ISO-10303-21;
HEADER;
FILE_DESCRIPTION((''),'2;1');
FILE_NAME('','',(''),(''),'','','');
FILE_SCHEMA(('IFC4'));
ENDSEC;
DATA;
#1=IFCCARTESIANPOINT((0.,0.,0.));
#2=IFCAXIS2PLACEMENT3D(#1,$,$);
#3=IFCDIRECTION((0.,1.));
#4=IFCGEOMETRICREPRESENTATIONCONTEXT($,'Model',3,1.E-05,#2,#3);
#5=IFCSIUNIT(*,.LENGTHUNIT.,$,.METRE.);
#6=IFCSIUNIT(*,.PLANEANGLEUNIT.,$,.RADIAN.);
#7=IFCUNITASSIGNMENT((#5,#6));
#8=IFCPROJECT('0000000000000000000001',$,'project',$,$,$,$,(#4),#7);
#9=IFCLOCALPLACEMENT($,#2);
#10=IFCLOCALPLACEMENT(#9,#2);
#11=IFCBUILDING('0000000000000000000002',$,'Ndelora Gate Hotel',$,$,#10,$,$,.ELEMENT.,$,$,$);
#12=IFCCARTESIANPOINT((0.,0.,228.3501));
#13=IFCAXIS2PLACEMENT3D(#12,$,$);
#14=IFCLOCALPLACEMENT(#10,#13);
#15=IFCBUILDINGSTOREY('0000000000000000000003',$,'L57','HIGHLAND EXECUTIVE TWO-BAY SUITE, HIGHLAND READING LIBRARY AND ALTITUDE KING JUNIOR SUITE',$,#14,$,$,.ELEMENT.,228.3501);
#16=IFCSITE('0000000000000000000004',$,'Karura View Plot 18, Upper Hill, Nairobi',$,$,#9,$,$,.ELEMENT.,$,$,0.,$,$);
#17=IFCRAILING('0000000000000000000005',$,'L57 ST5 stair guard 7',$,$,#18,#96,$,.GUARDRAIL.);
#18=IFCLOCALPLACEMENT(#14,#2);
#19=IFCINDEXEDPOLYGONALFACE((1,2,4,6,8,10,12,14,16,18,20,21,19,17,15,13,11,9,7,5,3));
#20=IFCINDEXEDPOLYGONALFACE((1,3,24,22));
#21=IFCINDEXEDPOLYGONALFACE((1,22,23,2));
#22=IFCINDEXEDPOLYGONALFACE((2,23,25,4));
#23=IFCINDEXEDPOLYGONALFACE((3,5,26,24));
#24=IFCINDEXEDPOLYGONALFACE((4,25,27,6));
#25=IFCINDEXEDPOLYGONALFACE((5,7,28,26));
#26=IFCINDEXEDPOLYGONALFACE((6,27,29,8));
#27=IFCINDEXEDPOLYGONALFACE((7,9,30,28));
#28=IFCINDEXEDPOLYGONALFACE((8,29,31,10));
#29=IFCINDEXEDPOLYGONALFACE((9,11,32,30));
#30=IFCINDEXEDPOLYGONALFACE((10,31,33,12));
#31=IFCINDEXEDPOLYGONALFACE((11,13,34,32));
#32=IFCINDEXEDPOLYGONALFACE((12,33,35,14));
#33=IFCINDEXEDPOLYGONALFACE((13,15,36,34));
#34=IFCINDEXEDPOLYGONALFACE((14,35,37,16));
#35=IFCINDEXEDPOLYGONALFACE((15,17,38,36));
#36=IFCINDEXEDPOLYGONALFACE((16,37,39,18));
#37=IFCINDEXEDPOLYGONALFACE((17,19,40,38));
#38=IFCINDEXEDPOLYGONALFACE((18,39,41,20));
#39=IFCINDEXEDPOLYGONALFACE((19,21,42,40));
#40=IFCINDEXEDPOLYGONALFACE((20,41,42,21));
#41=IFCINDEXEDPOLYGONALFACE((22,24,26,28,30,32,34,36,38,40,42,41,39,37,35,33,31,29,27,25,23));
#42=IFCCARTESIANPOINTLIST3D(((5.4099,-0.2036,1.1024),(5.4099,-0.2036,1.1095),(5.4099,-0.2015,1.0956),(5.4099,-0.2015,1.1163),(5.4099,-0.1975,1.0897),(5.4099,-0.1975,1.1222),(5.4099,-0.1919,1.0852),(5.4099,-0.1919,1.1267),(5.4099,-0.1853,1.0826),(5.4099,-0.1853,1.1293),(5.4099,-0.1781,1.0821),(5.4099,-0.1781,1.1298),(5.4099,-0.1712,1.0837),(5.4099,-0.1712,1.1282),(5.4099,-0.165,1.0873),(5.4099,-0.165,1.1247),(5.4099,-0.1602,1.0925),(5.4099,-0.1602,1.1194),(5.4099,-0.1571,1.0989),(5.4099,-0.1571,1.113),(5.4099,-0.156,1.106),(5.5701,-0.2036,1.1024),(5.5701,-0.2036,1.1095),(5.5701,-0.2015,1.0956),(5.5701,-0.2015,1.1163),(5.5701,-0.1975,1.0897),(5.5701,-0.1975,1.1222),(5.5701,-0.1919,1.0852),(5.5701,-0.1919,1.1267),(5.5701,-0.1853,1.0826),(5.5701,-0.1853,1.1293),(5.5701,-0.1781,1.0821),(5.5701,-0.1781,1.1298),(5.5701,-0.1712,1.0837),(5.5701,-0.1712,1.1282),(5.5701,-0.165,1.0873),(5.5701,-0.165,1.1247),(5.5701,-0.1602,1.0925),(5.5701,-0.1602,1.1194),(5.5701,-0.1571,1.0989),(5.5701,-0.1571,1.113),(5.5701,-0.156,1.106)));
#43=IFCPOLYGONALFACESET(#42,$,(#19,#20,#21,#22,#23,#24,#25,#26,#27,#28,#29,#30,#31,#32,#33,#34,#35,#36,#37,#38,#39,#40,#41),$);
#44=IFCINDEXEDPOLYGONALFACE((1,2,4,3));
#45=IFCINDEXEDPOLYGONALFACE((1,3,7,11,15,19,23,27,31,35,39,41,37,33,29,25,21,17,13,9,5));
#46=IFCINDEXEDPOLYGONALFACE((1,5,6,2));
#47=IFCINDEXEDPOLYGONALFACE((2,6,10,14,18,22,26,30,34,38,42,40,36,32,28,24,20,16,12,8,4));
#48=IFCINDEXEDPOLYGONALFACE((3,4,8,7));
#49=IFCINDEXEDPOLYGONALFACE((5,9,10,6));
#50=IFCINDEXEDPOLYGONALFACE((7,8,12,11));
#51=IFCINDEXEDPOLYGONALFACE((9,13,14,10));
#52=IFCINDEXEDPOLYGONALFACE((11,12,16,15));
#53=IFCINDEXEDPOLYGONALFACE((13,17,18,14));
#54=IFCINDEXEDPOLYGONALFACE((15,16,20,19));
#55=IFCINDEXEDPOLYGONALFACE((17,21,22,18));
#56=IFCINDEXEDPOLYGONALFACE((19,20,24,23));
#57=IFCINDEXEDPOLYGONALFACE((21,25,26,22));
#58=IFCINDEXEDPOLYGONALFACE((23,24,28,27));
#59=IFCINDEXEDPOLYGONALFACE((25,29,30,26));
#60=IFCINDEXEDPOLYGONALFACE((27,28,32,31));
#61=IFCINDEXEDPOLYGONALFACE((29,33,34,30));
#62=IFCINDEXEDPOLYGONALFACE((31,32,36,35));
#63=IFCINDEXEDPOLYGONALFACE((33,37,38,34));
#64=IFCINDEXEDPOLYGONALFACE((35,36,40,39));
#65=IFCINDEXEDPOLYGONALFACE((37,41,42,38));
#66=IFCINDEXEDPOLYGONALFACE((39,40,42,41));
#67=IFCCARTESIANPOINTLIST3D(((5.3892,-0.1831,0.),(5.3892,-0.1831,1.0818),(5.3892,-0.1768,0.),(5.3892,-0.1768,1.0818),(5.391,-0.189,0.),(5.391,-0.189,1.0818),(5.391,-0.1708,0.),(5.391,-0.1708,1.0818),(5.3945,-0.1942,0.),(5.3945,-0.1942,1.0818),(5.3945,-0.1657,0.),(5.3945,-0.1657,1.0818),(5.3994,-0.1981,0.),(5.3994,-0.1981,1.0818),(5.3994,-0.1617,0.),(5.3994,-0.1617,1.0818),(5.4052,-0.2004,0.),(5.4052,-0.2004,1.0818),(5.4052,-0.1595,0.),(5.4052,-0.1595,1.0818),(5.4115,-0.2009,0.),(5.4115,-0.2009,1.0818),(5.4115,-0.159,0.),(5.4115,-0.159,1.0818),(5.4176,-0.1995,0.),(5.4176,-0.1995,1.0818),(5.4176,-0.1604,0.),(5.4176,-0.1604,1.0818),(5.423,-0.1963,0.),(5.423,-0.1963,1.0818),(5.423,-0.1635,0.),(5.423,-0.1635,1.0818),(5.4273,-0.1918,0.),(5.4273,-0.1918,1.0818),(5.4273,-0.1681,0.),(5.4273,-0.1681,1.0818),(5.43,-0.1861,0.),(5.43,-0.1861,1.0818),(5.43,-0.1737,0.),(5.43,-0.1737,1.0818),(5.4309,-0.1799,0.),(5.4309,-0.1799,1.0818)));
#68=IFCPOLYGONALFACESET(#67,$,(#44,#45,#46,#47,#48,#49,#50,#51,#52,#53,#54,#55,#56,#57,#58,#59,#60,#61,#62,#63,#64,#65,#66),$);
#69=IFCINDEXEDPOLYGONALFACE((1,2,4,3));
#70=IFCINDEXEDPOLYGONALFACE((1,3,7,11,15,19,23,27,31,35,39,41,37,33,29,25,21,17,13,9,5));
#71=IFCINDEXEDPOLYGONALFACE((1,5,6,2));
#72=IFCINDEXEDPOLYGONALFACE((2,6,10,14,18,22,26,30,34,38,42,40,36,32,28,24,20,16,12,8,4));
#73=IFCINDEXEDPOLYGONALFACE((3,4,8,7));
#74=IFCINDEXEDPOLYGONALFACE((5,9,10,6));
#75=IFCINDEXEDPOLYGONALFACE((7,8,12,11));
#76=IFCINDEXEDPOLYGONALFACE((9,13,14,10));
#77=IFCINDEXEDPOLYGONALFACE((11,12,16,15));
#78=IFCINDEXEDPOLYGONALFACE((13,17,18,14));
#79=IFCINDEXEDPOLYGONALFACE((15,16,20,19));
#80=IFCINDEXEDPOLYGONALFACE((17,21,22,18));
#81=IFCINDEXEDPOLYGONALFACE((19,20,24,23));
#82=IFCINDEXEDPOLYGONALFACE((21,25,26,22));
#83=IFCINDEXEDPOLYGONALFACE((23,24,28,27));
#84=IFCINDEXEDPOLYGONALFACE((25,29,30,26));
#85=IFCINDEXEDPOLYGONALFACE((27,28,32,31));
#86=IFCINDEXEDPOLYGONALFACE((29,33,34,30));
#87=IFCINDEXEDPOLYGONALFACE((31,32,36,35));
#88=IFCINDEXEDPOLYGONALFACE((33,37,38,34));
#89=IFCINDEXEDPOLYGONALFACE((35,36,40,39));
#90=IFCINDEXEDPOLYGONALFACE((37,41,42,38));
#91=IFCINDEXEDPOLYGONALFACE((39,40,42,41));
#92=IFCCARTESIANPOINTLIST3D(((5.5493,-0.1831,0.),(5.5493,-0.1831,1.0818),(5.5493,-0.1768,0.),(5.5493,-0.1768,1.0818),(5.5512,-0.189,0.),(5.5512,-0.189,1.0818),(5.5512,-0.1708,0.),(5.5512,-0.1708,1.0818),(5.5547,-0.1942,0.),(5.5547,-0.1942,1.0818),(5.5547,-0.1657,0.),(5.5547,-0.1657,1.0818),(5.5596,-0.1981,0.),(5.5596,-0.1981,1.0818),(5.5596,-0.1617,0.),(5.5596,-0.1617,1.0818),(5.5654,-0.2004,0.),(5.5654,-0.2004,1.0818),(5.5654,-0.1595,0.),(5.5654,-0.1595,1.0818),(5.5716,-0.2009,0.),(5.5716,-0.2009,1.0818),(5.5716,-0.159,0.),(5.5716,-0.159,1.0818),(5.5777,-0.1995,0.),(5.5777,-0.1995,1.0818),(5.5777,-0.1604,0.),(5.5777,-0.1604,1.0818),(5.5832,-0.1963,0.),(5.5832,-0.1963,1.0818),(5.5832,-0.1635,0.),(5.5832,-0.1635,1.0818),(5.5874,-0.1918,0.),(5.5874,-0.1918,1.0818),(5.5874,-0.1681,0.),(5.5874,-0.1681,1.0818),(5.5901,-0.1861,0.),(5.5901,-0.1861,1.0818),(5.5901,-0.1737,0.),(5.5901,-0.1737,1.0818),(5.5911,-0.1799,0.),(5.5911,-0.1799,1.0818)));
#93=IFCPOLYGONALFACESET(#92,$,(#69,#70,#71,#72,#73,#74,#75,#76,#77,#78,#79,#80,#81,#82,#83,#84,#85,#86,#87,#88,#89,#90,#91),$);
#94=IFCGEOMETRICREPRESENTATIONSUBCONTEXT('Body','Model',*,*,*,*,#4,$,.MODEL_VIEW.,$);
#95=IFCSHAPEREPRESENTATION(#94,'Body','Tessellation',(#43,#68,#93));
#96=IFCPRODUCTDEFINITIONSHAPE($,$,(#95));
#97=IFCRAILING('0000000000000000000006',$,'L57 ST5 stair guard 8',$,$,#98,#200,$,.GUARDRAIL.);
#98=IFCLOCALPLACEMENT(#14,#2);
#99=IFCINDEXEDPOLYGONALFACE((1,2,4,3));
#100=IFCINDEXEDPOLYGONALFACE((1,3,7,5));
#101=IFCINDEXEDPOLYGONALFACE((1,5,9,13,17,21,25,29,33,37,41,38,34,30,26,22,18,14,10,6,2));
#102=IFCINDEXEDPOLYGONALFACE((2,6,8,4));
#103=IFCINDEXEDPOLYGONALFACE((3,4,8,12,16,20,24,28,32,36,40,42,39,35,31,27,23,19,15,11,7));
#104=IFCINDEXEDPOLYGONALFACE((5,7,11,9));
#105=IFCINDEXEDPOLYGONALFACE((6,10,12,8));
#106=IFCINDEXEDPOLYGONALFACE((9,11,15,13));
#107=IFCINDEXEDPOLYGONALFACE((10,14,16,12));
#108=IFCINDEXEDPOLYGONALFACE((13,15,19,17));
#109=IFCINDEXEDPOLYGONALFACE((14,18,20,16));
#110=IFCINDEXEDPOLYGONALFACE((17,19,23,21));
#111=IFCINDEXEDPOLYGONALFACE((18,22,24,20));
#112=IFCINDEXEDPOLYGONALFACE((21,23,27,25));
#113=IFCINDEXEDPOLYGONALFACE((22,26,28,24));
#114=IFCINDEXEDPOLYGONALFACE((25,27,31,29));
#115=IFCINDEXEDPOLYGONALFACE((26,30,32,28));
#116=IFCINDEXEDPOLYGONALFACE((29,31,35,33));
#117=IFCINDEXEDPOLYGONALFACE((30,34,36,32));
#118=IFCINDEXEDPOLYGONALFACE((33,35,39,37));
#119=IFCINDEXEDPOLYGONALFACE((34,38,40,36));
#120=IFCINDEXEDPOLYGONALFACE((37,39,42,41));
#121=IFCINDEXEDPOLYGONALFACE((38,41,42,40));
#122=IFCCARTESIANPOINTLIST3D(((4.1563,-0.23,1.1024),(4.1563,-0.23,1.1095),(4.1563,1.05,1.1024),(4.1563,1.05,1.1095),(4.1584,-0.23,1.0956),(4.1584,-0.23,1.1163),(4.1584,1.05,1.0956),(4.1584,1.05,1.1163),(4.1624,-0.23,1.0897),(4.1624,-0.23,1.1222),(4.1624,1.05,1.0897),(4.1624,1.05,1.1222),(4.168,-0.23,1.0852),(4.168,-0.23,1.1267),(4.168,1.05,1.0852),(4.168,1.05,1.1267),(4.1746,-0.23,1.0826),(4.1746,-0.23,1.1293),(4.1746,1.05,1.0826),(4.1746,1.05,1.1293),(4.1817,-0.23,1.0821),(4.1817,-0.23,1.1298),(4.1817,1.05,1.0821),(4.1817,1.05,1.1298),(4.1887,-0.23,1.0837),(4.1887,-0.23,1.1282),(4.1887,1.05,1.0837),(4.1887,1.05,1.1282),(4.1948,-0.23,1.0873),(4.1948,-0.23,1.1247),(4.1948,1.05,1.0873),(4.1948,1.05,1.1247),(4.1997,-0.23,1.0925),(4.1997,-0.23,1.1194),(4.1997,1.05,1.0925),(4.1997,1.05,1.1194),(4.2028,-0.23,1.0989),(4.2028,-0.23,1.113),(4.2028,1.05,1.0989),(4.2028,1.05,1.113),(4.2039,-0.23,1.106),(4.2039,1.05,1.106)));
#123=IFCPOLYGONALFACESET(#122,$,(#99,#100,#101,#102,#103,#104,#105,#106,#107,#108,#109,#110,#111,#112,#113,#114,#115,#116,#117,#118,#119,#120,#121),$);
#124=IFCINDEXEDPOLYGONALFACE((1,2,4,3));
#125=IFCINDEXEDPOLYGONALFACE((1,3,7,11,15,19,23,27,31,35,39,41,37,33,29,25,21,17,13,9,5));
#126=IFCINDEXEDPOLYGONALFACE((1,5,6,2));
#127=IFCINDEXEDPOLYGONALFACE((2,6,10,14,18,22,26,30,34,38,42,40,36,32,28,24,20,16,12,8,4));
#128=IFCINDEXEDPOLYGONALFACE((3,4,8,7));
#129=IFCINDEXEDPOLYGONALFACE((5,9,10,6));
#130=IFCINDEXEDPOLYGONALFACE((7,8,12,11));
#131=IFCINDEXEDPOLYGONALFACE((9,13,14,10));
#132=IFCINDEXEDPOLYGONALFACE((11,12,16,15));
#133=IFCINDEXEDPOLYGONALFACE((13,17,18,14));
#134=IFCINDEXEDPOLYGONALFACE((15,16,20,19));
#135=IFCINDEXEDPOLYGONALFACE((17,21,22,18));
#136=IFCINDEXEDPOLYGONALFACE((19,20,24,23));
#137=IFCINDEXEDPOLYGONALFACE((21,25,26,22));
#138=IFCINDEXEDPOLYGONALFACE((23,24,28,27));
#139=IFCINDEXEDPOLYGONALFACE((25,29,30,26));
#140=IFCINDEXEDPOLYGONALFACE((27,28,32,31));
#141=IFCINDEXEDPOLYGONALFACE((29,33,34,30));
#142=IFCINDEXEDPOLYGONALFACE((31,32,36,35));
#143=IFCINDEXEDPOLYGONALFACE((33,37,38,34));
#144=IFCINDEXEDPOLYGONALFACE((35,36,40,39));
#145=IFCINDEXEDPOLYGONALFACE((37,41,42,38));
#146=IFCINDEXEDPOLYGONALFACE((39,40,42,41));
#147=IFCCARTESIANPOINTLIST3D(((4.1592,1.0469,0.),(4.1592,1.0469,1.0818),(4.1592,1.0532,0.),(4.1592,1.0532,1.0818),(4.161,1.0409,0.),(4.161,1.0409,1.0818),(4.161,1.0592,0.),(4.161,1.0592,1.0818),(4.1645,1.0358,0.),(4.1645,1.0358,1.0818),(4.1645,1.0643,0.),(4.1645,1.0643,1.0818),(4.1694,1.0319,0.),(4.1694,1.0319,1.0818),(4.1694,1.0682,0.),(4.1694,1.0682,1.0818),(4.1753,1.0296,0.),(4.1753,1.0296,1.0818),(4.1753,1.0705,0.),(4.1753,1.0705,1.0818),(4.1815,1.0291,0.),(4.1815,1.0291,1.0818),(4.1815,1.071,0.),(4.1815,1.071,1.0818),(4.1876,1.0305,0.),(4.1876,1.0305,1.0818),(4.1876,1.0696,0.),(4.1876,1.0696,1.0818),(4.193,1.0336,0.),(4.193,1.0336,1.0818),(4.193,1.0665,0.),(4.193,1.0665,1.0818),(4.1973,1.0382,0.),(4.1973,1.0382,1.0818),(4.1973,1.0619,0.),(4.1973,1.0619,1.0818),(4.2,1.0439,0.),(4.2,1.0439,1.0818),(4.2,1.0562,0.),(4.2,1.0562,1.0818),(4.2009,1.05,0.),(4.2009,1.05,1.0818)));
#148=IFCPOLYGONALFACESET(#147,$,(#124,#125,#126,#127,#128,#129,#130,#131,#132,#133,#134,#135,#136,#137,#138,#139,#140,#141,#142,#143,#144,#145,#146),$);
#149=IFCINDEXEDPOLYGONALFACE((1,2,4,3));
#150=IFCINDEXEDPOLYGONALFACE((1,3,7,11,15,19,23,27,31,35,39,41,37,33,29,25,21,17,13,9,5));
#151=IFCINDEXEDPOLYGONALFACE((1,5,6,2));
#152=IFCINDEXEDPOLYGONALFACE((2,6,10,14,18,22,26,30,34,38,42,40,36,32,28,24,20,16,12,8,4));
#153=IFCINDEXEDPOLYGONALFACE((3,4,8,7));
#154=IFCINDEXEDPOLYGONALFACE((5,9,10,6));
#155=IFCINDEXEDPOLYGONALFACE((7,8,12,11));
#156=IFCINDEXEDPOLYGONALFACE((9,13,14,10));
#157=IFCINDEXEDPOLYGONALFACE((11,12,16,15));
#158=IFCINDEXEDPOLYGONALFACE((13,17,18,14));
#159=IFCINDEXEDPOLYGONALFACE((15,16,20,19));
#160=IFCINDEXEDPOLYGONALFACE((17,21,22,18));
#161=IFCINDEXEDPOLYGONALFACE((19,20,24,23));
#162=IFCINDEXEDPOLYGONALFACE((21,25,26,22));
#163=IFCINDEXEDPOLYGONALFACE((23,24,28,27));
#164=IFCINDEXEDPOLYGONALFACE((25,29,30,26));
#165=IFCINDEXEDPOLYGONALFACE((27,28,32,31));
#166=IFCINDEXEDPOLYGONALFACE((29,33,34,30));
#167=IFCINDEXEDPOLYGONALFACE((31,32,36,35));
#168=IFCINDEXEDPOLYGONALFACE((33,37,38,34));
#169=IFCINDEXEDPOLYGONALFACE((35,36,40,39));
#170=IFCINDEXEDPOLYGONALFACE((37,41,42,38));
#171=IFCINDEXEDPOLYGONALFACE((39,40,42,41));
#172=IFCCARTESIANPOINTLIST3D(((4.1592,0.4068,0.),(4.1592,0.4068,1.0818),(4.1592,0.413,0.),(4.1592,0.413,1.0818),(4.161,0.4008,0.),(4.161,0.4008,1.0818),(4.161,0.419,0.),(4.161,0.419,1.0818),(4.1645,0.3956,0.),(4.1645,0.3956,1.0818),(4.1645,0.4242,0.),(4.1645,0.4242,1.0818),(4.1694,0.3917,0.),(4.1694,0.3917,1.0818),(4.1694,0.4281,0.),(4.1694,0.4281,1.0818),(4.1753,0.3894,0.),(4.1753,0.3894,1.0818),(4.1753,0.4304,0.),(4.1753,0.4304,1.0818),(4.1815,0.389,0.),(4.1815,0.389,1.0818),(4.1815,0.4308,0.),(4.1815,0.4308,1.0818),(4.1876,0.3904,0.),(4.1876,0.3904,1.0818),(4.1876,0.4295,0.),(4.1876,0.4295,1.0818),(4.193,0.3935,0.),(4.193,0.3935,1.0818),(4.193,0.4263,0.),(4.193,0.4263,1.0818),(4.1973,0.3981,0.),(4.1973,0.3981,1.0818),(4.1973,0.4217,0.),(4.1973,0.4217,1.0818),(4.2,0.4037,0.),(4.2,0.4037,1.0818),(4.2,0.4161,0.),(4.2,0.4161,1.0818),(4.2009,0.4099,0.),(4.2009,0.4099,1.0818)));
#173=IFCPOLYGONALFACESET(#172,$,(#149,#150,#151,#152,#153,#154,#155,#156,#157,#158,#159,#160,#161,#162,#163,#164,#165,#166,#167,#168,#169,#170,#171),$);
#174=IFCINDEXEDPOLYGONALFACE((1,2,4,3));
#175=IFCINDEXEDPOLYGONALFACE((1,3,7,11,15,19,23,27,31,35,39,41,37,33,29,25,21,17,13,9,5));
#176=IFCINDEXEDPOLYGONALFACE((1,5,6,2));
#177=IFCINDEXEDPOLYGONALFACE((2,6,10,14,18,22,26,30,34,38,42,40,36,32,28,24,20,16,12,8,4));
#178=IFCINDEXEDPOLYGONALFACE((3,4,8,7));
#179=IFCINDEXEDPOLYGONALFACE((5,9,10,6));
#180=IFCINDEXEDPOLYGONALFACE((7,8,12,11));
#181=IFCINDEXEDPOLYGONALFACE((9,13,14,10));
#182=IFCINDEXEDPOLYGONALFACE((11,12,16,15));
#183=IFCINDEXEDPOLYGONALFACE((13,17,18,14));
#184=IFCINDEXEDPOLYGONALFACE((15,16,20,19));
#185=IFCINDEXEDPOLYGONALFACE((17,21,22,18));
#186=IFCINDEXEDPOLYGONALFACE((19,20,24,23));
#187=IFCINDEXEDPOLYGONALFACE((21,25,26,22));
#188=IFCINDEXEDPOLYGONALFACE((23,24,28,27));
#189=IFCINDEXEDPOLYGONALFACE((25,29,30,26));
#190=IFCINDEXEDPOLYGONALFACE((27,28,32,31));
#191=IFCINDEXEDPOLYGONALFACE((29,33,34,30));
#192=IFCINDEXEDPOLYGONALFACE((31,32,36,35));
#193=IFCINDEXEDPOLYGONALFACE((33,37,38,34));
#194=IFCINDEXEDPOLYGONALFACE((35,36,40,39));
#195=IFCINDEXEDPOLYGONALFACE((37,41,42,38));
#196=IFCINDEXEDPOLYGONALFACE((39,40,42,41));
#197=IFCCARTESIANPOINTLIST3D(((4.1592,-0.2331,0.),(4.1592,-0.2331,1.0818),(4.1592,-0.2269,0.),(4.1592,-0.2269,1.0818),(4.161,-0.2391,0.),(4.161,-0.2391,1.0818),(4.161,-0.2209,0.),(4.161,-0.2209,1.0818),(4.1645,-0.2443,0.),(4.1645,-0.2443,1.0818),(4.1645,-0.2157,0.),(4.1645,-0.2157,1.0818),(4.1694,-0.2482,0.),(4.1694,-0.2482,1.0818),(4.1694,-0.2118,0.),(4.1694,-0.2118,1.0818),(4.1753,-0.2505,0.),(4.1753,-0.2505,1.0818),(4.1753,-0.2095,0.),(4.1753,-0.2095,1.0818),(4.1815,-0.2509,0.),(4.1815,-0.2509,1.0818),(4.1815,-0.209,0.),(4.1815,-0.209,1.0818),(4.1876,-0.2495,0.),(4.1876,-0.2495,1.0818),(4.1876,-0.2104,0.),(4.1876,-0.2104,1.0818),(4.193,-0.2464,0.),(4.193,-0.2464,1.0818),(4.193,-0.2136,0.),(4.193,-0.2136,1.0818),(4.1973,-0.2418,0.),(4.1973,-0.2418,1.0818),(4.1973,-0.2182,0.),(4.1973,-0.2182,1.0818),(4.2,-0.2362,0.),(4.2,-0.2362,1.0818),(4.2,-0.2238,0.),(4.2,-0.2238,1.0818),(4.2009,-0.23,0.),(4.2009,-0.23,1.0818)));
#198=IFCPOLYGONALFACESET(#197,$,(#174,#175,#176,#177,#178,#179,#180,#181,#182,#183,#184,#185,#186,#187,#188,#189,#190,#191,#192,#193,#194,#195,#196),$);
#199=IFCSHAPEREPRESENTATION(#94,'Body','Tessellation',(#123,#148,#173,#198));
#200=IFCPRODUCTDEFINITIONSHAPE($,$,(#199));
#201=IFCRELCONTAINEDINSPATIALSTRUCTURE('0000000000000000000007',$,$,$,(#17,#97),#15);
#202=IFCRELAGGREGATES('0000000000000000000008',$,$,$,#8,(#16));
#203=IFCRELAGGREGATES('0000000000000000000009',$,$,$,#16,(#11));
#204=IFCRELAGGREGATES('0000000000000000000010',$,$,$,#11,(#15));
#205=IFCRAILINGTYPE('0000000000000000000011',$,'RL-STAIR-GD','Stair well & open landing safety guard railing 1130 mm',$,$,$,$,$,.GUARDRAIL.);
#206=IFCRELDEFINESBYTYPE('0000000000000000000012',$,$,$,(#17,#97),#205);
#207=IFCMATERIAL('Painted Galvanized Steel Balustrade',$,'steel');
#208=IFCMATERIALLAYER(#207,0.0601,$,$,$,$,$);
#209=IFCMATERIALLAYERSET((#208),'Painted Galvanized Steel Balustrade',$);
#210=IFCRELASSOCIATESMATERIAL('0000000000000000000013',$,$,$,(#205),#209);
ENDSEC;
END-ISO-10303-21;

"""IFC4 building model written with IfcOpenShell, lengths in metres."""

from ifc_helpers import new_model, si_unit, direction, frame, origin, origin_2d, place, context, subcontext, project, spatial, circle, extrude, material, layer, layer_set, type_object, element, save


model = new_model("IFC4")

# Units and contexts
model_context = context("Model", 3, precision=1e-05, world=origin(), true_north=direction((0.0, 1.0)))
body_context = subcontext(model_context, "Body", "Model", "MODEL_VIEW")
ifc_project = project(units=[si_unit("LENGTHUNIT", "METRE"), si_unit("PLANEANGLEUNIT", "RADIAN")], contexts=[model_context])

# Site, building, storey
site_placement = place(None, origin())
site = spatial("IfcSite", under=ifc_project, at=site_placement, Name="Karura View Plot 18, Upper Hill, Nairobi", CompositionType="ELEMENT", RefElevation=0.0)
building_placement = place(site_placement, origin())
building = spatial("IfcBuilding", under=site, at=building_placement, Name="Ndelora Gate Hotel", CompositionType="ELEMENT")
storey_placement = place(building_placement, frame((0.0, 0.0, 228.3501)))
storey = spatial("IfcBuildingStorey", under=building, at=storey_placement, Name="L57", Description="HIGHLAND EXECUTIVE TWO-BAY SUITE, HIGHLAND READING LIBRARY AND ALTITUDE KING JUNIOR SUITE", CompositionType="ELEMENT", Elevation=228.3501)

# Railings
ifc_material_1 = material(Name="Painted Galvanized Steel Balustrade", Category="steel")
ifc_layer_1 = layer(ifc_material_1, 0.0601)
ifc_layer_set_1 = layer_set([ifc_layer_1], Name="Painted Galvanized Steel Balustrade")
railing_type_1 = type_object("IfcRailingType", Name="RL-STAIR-GD", Description="Stair well & open landing safety guard railing 1130 mm", PredefinedType="GUARDRAIL", material=ifc_layer_set_1)
railing_1_placement = place(storey_placement, frame((5.4099, -0.1799, 0.0)))
element("IfcRailing", 1, at=railing_1_placement, inside=storey, type_object=railing_type_1, Name="L57 ST5 stair guard 7", PredefinedType="GUARDRAIL", context=body_context, shape_type="SweptSolid", body=[
    extrude(circle(Radius=0.0239, at=origin_2d()), frame((0.0, 0.0, 1.106), z_axis=(1.0, 0.0, 0.0), x_axis=(0.0, 1.0, 0.0)), (0.0, 0.0, 1.0), 0.1602),
    extrude(circle(Radius=0.021, at=origin_2d()), origin(), (0.0, 0.0, 1.0), 1.0818),
    extrude(circle(Radius=0.021, at=origin_2d()), frame((0.1602, 0.0, 0.0)), (0.0, 0.0, 1.0), 1.0818),
])
for number, where, name in (
    (2, (4.1799, 1.05, 0.0), "L57 ST5 stair guard 8"),
):
    element("IfcRailing", number, at=place(storey_placement, frame(where)), inside=storey, type_object=railing_type_1, Name=name, PredefinedType="GUARDRAIL", context=body_context, shape_type="SweptSolid", body=[
        extrude(circle(Radius=0.0239, at=origin_2d()), frame((0.0, 0.0, 1.106), z_axis=(0.0, -1.0, 0.0), x_axis=(1.0, 0.0, 0.0)), (0.0, 0.0, 1.0), 1.28),
        extrude(circle(Radius=0.021, at=origin_2d()), origin(), (0.0, 0.0, 1.0), 1.0818),
        extrude(circle(Radius=0.021, at=origin_2d()), frame((0.0, -0.6401, 0.0)), (0.0, 0.0, 1.0), 1.0818),
        extrude(circle(Radius=0.021, at=origin_2d()), frame((0.0, -1.28, 0.0)), (0.0, 0.0, 1.0), 1.0818),
    ])

save(model, "model.ifc")
